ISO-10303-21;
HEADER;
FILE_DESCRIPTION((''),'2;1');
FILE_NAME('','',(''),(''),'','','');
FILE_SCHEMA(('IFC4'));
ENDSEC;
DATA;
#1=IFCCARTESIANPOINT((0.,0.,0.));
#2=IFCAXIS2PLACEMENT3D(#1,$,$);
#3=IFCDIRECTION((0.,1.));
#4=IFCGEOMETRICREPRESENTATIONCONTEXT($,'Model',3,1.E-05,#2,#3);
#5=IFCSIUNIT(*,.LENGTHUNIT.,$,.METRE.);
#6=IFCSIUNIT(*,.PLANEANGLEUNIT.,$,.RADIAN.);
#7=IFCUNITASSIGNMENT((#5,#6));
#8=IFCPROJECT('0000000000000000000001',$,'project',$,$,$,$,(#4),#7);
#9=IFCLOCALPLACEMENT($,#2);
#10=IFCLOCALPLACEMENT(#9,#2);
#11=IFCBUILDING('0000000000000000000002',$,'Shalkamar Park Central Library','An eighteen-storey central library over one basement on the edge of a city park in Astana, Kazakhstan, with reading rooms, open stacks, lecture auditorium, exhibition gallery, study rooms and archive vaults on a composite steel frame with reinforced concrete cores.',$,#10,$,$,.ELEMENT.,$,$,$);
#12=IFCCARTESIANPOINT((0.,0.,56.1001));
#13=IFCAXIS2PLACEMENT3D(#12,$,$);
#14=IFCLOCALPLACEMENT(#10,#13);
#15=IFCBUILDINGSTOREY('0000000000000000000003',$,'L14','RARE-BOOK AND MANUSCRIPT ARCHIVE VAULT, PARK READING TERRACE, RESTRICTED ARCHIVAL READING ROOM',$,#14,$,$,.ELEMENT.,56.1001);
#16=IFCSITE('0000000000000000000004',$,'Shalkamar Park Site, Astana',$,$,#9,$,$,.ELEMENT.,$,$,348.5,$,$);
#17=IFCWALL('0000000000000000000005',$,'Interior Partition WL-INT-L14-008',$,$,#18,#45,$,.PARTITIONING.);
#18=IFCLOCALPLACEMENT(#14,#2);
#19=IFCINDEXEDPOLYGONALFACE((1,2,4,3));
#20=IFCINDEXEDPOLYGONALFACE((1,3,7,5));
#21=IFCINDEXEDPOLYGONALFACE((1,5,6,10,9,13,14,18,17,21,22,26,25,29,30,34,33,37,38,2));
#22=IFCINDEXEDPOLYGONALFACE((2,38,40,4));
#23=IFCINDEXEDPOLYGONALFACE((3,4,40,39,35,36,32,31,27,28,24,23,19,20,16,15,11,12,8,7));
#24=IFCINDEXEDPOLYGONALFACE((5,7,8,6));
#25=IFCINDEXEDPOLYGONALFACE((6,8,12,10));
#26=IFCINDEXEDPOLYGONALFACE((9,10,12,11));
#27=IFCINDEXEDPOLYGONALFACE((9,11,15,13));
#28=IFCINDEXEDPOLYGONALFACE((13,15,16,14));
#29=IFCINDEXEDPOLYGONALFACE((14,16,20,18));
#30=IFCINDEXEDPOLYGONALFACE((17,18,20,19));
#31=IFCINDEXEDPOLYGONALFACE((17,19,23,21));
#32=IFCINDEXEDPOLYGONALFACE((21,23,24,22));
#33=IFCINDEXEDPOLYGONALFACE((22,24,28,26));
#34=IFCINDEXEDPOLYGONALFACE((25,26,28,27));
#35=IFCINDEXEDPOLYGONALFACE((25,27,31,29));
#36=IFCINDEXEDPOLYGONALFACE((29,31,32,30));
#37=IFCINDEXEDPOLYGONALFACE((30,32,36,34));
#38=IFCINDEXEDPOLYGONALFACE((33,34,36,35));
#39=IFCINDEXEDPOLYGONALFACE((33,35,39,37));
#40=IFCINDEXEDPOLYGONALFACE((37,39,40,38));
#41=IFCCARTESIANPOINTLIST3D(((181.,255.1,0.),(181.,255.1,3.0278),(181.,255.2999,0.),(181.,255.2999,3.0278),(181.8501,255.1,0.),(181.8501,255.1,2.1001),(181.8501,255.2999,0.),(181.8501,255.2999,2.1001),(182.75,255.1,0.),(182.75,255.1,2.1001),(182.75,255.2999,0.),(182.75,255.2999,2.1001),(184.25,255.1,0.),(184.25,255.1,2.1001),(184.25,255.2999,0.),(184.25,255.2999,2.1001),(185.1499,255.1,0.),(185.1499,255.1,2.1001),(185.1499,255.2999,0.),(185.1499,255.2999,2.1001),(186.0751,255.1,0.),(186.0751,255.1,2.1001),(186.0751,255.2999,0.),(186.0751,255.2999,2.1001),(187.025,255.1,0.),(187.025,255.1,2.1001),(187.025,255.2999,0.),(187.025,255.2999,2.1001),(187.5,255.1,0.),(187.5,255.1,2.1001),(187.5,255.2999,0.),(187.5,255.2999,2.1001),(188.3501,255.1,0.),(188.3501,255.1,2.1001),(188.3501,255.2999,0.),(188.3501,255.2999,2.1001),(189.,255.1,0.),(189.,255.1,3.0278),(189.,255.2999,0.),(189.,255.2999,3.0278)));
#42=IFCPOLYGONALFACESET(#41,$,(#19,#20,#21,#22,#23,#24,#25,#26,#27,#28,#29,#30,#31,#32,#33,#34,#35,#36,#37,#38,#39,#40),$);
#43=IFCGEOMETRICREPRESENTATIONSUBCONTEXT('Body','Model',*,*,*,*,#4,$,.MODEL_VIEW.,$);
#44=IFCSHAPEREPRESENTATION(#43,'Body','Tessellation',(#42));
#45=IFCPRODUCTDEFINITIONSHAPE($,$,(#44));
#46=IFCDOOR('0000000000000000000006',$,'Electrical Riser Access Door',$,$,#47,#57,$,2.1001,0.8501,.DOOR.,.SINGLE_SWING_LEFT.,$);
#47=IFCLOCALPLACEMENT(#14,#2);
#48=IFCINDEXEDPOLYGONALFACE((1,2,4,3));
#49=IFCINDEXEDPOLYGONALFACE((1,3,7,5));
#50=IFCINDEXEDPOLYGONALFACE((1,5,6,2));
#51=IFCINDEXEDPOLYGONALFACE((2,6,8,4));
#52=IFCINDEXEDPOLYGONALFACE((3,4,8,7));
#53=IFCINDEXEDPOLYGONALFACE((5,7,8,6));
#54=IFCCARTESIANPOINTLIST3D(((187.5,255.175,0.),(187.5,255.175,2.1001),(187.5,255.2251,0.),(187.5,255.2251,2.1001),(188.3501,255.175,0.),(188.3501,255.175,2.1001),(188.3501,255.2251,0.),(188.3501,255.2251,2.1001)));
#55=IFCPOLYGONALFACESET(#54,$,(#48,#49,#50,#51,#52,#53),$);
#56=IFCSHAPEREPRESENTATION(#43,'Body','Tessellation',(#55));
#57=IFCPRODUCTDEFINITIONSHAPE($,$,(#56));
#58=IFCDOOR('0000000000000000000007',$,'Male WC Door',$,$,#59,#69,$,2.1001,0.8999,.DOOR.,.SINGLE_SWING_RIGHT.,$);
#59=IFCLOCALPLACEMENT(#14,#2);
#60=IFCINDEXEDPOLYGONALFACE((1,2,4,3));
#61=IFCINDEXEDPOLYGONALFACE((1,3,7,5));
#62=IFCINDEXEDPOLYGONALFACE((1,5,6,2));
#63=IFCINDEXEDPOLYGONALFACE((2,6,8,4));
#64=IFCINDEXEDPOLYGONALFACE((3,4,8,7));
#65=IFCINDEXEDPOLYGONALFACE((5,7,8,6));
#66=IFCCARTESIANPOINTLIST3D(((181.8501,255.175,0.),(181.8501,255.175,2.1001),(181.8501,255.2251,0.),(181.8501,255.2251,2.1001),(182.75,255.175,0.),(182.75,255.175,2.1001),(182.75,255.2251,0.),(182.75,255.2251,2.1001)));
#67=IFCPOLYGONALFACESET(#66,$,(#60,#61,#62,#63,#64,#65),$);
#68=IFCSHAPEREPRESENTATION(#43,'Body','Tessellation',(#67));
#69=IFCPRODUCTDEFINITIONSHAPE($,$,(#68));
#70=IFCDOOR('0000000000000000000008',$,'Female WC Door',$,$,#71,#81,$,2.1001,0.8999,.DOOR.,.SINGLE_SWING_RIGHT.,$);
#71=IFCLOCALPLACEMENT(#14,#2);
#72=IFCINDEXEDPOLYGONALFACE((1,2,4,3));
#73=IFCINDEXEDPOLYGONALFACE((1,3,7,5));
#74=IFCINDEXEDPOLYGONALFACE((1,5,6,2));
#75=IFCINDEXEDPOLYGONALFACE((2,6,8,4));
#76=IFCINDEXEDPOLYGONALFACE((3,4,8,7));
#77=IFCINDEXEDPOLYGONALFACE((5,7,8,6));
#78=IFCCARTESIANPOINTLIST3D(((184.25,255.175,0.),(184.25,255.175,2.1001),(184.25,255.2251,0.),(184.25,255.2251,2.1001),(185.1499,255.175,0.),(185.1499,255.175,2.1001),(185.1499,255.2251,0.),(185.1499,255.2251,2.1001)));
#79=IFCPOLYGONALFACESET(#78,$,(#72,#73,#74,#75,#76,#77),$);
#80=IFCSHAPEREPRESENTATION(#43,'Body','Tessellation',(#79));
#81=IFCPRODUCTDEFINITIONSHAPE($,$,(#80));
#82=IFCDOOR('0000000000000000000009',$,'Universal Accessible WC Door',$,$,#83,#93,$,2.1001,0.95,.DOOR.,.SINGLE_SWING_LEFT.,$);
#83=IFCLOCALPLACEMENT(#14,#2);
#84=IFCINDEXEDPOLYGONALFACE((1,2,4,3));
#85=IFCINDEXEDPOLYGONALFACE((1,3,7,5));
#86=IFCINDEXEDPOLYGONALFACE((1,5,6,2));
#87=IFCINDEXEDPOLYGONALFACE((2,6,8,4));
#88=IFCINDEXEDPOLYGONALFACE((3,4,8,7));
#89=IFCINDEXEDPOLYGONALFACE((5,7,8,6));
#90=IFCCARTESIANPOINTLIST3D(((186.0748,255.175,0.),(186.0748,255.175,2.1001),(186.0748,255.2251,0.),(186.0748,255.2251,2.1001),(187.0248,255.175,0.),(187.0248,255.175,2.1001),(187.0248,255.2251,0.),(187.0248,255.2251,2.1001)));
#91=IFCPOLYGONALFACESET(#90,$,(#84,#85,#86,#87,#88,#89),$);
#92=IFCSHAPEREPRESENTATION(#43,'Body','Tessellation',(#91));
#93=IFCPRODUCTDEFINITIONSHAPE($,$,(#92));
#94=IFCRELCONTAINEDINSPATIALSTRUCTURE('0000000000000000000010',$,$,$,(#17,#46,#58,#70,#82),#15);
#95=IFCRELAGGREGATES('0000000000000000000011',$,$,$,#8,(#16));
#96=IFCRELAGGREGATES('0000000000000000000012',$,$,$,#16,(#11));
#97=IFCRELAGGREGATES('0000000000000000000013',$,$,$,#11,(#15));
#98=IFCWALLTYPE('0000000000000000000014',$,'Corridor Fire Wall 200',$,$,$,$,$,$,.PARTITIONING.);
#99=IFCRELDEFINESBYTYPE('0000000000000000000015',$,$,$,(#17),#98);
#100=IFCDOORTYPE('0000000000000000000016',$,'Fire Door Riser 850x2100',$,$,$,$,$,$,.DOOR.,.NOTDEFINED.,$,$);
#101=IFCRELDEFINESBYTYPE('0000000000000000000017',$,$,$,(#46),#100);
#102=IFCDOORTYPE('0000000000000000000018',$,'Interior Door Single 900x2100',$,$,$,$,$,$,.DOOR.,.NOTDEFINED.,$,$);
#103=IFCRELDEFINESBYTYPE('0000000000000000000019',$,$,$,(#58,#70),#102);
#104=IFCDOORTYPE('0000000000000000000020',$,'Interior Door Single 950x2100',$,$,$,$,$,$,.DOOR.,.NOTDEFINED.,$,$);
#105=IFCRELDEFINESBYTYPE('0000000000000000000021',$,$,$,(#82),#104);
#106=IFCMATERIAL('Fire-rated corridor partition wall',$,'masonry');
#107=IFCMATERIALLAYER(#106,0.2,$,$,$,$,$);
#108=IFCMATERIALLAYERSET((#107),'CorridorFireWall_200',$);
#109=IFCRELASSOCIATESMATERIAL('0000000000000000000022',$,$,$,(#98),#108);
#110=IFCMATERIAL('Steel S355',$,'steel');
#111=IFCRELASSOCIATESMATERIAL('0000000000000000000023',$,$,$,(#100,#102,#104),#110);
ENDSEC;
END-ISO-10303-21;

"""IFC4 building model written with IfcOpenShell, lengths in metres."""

from ifc_helpers import new_model, si_unit, direction, frame, frame_2d, origin, place, context, subcontext, project, spatial, rectangle, extrude, material, layer, layer_set, type_object, element, fill, save


model = new_model("IFC4")

# Units and contexts
model_context = context("Model", 3, precision=1e-05, world=origin(), true_north=direction((0.0, 1.0)))
body_context = subcontext(model_context, "Body", "Model", "MODEL_VIEW")
ifc_project = project(units=[si_unit("LENGTHUNIT", "METRE"), si_unit("PLANEANGLEUNIT", "RADIAN")], contexts=[model_context])

# Site, building, storey
site_placement = place(None, origin())
site = spatial("IfcSite", under=ifc_project, at=site_placement, Name="Shalkamar Park Site, Astana", CompositionType="ELEMENT", RefElevation=348.5)
building_placement = place(site_placement, origin())
building = spatial("IfcBuilding", under=site, at=building_placement, Name="Shalkamar Park Central Library", Description="An eighteen-storey central library over one basement on the edge of a city park in Astana, Kazakhstan, with reading rooms, open stacks, lecture auditorium, exhibition gallery, study rooms and archive vaults on a composite steel frame with reinforced concrete cores.", CompositionType="ELEMENT")
storey_placement = place(building_placement, frame((0.0, 0.0, 56.1001)))
storey = spatial("IfcBuildingStorey", under=building, at=storey_placement, Name="L14", Description="RARE-BOOK AND MANUSCRIPT ARCHIVE VAULT, PARK READING TERRACE, RESTRICTED ARCHIVAL READING ROOM", CompositionType="ELEMENT", Elevation=56.1001)

# Shared definitions
ifc_material_1 = material(Name="Steel S355", Category="steel")

# Wall, openings, doors
ifc_material_2 = material(Name="Fire-rated corridor partition wall", Category="masonry")
ifc_layer_1 = layer(ifc_material_2, 0.2)
ifc_layer_set_1 = layer_set([ifc_layer_1], Name="CorridorFireWall_200")
wall_type_1 = type_object("IfcWallType", Name="Corridor Fire Wall 200", PredefinedType="PARTITIONING", material=ifc_layer_set_1)
wall_1_placement = place(storey_placement, frame((181.0, 255.2, 0.0), z_axis=(0.0, 0.0, 1.0), x_axis=(1.0, 0.0, 0.0)))
wall_1 = element("IfcWall", 1, at=wall_1_placement, inside=storey, type_object=wall_type_1, Name="Interior Partition WL-INT-L14-008", PredefinedType="PARTITIONING", context=body_context, shape_type="SweptSolid", body=[
    extrude(rectangle(XDim=8.0, YDim=0.2, at=frame_2d((4.0, 0.0))), origin(), (0.0, 0.0, 1.0), 3.0278),
])
opening_1_placement = place(wall_1_placement, frame((0.8501, 0.0, 0.0)))
opening_1 = element("IfcOpeningElement", 2, at=opening_1_placement, cuts=wall_1, PredefinedType="OPENING", context=body_context, shape_type="SweptSolid", body=[
    extrude(rectangle(XDim=0.8999, YDim=2.1001, at=frame_2d((0.45, 1.05))), frame((0.0, 0.1147, 0.0), z_axis=(0.0, -1.0, 0.0), x_axis=(1.0, 0.0, 0.0)), (0.0, 0.0, 1.0), 0.2297),
])
opening_2_placement = place(wall_1_placement, frame((3.25, 0.0, 0.0)))
opening_2 = element("IfcOpeningElement", 3, at=opening_2_placement, cuts=wall_1, PredefinedType="OPENING", context=body_context, shape_type="SweptSolid", body=[
    extrude(rectangle(XDim=0.8999, YDim=2.1001, at=frame_2d((0.45, 1.05))), frame((0.0, 0.1147, 0.0), z_axis=(0.0, -1.0, 0.0), x_axis=(1.0, 0.0, 0.0)), (0.0, 0.0, 1.0), 0.2297),
])
opening_3_placement = place(wall_1_placement, frame((5.075, 0.0, 0.0)))
opening_3 = element("IfcOpeningElement", 4, at=opening_3_placement, cuts=wall_1, PredefinedType="OPENING", context=body_context, shape_type="SweptSolid", body=[
    extrude(rectangle(XDim=0.95, YDim=2.1001, at=frame_2d((0.4751, 1.05))), frame((0.0, 0.1147, 0.0), z_axis=(0.0, -1.0, 0.0), x_axis=(1.0, 0.0, 0.0)), (0.0, 0.0, 1.0), 0.2297),
])
opening_4_placement = place(wall_1_placement, frame((6.5, 0.0, 0.0)))
opening_4 = element("IfcOpeningElement", 5, at=opening_4_placement, cuts=wall_1, PredefinedType="OPENING", context=body_context, shape_type="SweptSolid", body=[
    extrude(rectangle(XDim=0.8501, YDim=2.1001, at=frame_2d((0.425, 1.05))), frame((0.0, 0.1147, 0.0), z_axis=(0.0, -1.0, 0.0), x_axis=(1.0, 0.0, 0.0)), (0.0, 0.0, 1.0), 0.2297),
])
door_type_1 = type_object("IfcDoorType", Name="Fire Door Riser 850x2100", OperationType="NOTDEFINED", PredefinedType="DOOR", material=ifc_material_1)
door_1_placement = place(opening_4_placement, frame((0.8501, 0.0, 0.0), z_axis=(0.0, 0.0, 1.0), x_axis=(-1.0, 0.0, 0.0)))
door_1 = element("IfcDoor", 6, at=door_1_placement, inside=storey, type_object=door_type_1, Name="Electrical Riser Access Door", OperationType="SINGLE_SWING_LEFT", OverallHeight=2.1001, OverallWidth=0.8501, PredefinedType="DOOR", context=body_context, shape_type="SweptSolid", body=[
    extrude(rectangle(XDim=0.8501, YDim=2.1001, at=frame_2d((0.425, 1.05))), frame((0.0, 0.0249, 0.0), z_axis=(0.0, -1.0, 0.0), x_axis=(1.0, 0.0, 0.0)), (0.0, 0.0, 1.0), 0.05),
])
fill(opening_4, door_1)
door_type_2 = type_object("IfcDoorType", Name="Interior Door Single 900x2100", OperationType="NOTDEFINED", PredefinedType="DOOR", material=ifc_material_1)
door_2_placement = place(opening_1_placement, frame((0.8999, 0.0, 0.0), z_axis=(0.0, 0.0, 1.0), x_axis=(-1.0, 0.0, 0.0)))
door_2 = element("IfcDoor", 7, at=door_2_placement, inside=storey, type_object=door_type_2, Name="Male WC Door", OperationType="SINGLE_SWING_RIGHT", OverallHeight=2.1001, OverallWidth=0.8999, PredefinedType="DOOR", context=body_context, shape_type="SweptSolid", body=[
    extrude(rectangle(XDim=0.8999, YDim=2.1001, at=frame_2d((0.45, 1.05))), frame((0.0, 0.0249, 0.0), z_axis=(0.0, -1.0, 0.0), x_axis=(1.0, 0.0, 0.0)), (0.0, 0.0, 1.0), 0.05),
])
fill(opening_1, door_2)
door_3_placement = place(opening_2_placement, frame((0.8999, 0.0, 0.0), z_axis=(0.0, 0.0, 1.0), x_axis=(-1.0, 0.0, 0.0)))
door_3 = element("IfcDoor", 8, at=door_3_placement, inside=storey, type_object=door_type_2, Name="Female WC Door", OperationType="SINGLE_SWING_RIGHT", OverallHeight=2.1001, OverallWidth=0.8999, PredefinedType="DOOR", context=body_context, shape_type="SweptSolid", body=[
    extrude(rectangle(XDim=0.8999, YDim=2.1001, at=frame_2d((0.45, 1.05))), frame((0.0, 0.0249, 0.0), z_axis=(0.0, -1.0, 0.0), x_axis=(1.0, 0.0, 0.0)), (0.0, 0.0, 1.0), 0.05),
])
fill(opening_2, door_3)
door_type_3 = type_object("IfcDoorType", Name="Interior Door Single 950x2100", OperationType="NOTDEFINED", PredefinedType="DOOR", material=ifc_material_1)
door_4_placement = place(opening_3_placement, frame((0.95, 0.0, 0.0), z_axis=(0.0, 0.0, 1.0), x_axis=(-1.0, 0.0, 0.0)))
door_4 = element("IfcDoor", 9, at=door_4_placement, inside=storey, type_object=door_type_3, Name="Universal Accessible WC Door", OperationType="SINGLE_SWING_LEFT", OverallHeight=2.1001, OverallWidth=0.95, PredefinedType="DOOR", context=body_context, shape_type="SweptSolid", body=[
    extrude(rectangle(XDim=0.95, YDim=2.1001, at=frame_2d((0.4751, 1.05))), frame((0.0, 0.0249, 0.0), z_axis=(0.0, -1.0, 0.0), x_axis=(1.0, 0.0, 0.0)), (0.0, 0.0, 1.0), 0.05),
])
fill(opening_3, door_4)

save(model, "model.ifc")
